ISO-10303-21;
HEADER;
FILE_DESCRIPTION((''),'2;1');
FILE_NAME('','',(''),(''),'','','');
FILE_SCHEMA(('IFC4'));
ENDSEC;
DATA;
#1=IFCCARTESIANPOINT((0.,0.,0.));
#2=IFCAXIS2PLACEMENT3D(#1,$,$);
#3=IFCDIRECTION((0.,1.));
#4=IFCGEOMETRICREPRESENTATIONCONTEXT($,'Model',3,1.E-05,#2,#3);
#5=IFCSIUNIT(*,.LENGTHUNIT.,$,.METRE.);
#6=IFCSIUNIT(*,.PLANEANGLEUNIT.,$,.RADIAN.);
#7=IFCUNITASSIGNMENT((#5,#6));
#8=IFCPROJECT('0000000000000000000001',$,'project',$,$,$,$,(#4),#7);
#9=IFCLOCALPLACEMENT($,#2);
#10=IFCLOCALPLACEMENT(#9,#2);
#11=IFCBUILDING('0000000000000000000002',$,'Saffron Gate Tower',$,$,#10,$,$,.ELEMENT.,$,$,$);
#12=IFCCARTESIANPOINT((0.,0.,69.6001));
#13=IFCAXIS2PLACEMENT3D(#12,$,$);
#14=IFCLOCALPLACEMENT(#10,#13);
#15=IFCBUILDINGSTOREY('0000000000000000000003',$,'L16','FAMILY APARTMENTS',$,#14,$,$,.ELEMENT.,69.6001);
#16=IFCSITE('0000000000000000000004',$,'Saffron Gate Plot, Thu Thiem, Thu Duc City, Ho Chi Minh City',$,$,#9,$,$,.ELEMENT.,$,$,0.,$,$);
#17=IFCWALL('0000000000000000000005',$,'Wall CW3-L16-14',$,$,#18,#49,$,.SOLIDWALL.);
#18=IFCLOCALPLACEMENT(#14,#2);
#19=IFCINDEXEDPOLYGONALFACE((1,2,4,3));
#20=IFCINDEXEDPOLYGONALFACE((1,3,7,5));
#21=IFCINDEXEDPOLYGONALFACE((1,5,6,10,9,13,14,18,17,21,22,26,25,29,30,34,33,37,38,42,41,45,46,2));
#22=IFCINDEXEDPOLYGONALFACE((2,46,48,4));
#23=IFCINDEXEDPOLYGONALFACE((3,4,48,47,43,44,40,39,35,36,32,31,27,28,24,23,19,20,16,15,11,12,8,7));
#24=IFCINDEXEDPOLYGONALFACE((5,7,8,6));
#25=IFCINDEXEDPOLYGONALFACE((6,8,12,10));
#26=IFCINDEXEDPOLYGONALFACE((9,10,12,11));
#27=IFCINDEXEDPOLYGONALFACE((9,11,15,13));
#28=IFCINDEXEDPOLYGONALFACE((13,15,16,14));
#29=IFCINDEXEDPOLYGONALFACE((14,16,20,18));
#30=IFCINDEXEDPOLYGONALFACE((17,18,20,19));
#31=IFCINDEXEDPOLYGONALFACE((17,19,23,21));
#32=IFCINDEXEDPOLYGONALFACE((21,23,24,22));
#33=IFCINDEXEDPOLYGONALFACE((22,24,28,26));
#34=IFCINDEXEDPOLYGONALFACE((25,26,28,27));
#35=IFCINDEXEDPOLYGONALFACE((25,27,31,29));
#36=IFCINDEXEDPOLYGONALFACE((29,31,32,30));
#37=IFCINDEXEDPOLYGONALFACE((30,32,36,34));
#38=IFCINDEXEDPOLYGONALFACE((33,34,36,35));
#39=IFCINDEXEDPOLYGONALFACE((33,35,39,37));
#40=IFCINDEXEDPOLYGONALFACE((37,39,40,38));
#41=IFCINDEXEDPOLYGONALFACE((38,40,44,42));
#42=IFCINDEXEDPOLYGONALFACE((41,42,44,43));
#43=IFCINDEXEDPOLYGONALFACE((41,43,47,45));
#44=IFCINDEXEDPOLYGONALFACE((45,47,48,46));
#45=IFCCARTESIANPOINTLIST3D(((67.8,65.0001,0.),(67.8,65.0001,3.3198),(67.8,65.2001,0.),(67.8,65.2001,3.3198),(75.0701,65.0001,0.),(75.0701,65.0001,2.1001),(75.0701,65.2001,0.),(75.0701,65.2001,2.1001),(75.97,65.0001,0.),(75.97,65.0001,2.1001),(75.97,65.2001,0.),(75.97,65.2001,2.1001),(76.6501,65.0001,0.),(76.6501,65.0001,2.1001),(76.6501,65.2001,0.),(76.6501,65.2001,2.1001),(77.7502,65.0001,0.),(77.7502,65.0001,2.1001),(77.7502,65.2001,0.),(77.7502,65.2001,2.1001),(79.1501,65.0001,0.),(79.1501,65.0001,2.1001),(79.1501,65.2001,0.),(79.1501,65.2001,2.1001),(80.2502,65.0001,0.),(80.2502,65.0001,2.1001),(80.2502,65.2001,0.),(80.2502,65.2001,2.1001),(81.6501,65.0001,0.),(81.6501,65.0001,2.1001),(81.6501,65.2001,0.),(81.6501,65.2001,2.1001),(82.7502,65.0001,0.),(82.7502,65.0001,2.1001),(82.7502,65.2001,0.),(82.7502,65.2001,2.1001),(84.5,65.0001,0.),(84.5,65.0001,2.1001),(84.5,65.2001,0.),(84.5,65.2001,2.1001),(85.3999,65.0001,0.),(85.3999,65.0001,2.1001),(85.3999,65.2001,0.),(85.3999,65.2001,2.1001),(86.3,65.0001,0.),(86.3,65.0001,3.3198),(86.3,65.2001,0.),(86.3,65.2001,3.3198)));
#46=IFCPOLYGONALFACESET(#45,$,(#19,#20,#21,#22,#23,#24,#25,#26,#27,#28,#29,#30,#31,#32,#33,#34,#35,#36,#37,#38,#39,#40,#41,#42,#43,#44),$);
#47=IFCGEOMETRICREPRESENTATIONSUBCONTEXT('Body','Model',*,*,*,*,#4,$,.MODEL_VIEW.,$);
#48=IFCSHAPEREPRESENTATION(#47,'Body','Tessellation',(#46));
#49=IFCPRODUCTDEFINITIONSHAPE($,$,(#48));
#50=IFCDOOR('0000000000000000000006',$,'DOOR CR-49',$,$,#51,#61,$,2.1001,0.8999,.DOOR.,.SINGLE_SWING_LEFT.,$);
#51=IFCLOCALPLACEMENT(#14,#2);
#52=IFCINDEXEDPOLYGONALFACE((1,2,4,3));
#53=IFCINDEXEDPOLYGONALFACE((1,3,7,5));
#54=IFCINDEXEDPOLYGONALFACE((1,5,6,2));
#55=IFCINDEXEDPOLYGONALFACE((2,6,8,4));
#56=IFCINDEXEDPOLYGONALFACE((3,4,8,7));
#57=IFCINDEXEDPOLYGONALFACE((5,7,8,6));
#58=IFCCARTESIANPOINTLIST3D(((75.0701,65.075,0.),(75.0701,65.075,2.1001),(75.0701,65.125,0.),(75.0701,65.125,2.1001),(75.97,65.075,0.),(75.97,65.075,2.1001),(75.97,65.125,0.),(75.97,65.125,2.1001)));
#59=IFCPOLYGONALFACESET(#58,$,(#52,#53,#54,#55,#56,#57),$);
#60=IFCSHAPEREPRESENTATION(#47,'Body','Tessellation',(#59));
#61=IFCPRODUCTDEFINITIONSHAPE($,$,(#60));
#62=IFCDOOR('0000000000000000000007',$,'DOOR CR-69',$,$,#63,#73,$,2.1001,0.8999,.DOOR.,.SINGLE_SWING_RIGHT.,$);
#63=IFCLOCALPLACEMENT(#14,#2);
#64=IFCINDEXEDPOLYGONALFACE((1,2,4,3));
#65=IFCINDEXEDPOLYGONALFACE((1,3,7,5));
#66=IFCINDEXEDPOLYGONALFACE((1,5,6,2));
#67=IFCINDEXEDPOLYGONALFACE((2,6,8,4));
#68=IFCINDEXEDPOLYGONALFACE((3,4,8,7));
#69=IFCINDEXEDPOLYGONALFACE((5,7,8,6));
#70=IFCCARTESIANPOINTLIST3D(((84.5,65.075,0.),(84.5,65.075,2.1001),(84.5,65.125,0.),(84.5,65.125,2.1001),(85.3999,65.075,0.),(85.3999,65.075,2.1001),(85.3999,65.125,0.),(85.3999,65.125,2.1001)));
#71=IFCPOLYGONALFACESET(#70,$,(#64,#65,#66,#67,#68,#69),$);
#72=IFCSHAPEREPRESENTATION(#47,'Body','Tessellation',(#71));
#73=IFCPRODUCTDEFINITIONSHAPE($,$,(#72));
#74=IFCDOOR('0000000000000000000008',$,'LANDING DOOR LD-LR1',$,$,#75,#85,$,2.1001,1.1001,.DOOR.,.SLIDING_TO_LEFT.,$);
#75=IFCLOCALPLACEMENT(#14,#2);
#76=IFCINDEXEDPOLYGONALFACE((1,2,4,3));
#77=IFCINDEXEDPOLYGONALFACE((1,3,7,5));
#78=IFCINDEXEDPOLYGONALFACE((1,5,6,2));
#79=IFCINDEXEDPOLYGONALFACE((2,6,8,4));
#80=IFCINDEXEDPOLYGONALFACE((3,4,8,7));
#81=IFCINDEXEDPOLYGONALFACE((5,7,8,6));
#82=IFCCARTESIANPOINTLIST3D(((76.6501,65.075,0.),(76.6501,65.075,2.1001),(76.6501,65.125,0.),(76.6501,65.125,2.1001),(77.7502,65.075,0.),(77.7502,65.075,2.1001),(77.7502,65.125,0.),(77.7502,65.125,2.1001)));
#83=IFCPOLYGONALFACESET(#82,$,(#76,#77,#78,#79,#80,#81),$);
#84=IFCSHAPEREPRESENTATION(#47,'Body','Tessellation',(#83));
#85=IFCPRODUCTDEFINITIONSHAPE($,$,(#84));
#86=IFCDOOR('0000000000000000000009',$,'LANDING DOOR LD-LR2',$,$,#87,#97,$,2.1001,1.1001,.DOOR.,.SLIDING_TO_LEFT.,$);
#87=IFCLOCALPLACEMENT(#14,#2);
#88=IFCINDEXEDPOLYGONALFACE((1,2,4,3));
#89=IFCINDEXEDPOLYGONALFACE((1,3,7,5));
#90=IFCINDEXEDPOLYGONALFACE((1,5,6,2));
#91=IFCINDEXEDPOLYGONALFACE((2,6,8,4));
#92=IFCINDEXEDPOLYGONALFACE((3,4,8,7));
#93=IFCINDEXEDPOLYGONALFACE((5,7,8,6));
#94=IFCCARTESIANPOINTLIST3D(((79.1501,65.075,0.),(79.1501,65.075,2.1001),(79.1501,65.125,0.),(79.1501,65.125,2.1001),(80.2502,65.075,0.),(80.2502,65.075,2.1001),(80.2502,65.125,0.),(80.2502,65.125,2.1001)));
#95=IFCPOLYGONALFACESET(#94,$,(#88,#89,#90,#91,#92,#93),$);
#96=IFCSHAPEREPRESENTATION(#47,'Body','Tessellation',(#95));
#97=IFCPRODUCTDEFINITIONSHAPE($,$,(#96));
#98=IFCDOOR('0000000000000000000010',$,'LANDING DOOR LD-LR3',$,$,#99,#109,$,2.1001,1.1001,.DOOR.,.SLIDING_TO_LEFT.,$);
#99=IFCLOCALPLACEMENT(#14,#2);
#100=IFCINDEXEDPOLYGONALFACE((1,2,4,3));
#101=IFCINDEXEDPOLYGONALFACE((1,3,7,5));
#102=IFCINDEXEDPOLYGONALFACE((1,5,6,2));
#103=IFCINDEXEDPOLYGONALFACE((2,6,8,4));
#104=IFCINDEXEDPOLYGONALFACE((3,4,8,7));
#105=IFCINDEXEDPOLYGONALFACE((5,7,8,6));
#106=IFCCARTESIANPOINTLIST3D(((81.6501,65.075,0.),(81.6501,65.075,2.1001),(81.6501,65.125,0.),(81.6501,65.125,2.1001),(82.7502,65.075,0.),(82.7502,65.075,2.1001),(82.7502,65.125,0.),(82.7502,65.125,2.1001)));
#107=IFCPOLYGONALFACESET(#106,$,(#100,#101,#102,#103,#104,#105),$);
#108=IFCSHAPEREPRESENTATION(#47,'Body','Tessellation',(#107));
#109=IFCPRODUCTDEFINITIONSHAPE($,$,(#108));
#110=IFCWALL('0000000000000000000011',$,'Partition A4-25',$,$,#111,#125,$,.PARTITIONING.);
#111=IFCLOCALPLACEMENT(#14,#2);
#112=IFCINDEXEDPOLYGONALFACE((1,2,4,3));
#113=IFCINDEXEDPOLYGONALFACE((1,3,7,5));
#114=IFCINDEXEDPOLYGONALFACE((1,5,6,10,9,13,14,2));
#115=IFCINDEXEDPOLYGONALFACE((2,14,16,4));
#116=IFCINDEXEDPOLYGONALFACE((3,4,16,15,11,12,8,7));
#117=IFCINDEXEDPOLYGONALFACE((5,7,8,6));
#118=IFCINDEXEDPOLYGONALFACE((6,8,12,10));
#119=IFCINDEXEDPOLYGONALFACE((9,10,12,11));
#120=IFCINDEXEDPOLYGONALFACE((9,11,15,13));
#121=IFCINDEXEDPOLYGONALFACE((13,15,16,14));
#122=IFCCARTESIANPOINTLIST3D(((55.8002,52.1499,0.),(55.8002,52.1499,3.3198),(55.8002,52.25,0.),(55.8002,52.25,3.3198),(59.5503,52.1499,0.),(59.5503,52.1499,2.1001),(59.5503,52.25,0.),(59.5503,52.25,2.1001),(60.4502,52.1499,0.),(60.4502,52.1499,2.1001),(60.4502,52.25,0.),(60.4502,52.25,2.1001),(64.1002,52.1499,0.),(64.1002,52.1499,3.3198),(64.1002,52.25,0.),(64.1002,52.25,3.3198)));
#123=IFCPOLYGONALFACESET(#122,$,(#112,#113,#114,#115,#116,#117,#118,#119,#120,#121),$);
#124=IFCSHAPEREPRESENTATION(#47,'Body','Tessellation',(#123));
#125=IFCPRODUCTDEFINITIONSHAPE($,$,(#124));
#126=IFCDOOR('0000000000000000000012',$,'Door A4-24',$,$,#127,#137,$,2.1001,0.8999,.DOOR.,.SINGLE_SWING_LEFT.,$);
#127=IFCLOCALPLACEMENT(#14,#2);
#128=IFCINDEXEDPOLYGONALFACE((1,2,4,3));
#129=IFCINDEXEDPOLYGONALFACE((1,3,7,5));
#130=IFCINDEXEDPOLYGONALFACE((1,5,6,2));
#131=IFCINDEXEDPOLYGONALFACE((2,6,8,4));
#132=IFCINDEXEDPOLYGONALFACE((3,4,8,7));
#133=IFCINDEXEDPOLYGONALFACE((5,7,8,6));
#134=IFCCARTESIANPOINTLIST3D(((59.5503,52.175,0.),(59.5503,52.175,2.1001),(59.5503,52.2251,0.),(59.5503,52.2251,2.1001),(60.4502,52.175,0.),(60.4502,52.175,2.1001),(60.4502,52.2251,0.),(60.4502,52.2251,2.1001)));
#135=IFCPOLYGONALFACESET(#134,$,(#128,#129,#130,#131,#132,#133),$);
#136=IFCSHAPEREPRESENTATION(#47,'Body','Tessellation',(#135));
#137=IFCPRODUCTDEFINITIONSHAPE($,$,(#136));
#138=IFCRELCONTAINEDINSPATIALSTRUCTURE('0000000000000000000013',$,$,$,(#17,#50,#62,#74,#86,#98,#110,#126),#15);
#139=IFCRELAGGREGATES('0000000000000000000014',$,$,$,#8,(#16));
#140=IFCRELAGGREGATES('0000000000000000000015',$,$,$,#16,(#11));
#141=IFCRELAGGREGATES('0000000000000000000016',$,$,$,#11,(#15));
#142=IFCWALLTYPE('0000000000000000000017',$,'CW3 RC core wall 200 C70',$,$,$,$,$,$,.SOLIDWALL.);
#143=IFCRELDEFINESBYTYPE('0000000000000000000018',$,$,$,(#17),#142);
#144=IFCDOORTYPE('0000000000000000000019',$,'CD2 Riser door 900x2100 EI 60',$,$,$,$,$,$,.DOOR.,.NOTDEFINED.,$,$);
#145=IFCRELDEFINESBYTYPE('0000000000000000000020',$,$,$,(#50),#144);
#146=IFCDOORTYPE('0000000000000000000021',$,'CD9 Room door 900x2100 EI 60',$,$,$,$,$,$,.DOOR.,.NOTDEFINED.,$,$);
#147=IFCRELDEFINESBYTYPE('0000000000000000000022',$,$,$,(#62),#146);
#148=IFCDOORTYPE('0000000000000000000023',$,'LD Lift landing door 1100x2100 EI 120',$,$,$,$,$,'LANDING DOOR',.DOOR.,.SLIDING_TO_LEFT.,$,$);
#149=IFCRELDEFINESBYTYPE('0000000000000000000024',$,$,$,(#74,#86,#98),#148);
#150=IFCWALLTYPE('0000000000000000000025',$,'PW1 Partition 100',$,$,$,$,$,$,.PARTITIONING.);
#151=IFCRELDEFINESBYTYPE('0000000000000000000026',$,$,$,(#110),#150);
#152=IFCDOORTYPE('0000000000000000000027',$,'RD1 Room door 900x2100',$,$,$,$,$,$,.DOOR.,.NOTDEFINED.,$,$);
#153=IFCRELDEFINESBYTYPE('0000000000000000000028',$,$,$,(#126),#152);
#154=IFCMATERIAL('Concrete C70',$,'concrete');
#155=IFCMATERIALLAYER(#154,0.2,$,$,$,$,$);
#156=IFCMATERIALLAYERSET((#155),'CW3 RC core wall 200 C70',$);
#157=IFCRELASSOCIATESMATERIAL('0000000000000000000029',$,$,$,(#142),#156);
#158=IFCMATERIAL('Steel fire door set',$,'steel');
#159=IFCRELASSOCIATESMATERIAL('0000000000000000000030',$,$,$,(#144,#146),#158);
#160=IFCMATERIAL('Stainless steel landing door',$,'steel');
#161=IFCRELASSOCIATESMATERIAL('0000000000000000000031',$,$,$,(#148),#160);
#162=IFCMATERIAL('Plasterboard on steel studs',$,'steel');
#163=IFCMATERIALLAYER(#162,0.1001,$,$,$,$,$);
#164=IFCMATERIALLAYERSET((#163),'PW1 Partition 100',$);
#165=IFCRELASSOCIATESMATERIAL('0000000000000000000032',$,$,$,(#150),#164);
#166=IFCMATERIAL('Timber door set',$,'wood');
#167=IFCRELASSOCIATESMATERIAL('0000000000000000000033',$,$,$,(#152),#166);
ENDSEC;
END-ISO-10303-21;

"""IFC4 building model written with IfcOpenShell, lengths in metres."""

from ifc_helpers import new_model, si_unit, direction, frame, frame_2d, origin, place, context, subcontext, project, spatial, rectangle, extrude, material, layer, layer_set, type_object, element, fill, save


model = new_model("IFC4")

# Units and contexts
model_context = context("Model", 3, precision=1e-05, world=origin(), true_north=direction((0.0, 1.0)))
body_context = subcontext(model_context, "Body", "Model", "MODEL_VIEW")
ifc_project = project(units=[si_unit("LENGTHUNIT", "METRE"), si_unit("PLANEANGLEUNIT", "RADIAN")], contexts=[model_context])

# Site, building, storey
site_placement = place(None, origin())
site = spatial("IfcSite", under=ifc_project, at=site_placement, Name="Saffron Gate Plot, Thu Thiem, Thu Duc City, Ho Chi Minh City", CompositionType="ELEMENT", RefElevation=0.0)
building_placement = place(site_placement, origin())
building = spatial("IfcBuilding", under=site, at=building_placement, Name="Saffron Gate Tower", CompositionType="ELEMENT")
storey_placement = place(building_placement, frame((0.0, 0.0, 69.6001)))
storey = spatial("IfcBuildingStorey", under=building, at=storey_placement, Name="L16", Description="FAMILY APARTMENTS", CompositionType="ELEMENT", Elevation=69.6001)

# Shared definitions
ifc_material_1 = material(Name="Concrete C70", Category="concrete")
ifc_material_2 = material(Name="Steel fire door set", Category="steel")

# Wall, openings, doors
ifc_layer_1 = layer(ifc_material_1, 0.2)
ifc_layer_set_1 = layer_set([ifc_layer_1], Name="CW3 RC core wall 200 C70")
wall_type_1 = type_object("IfcWallType", Name="CW3 RC core wall 200 C70", PredefinedType="SOLIDWALL", material=ifc_layer_set_1)
wall_1_placement = place(storey_placement, frame((67.8, 65.1001, 0.0), z_axis=(0.0, 0.0, 1.0), x_axis=(1.0, 0.0, 0.0)))
wall_1 = element("IfcWall", 1, at=wall_1_placement, inside=storey, type_object=wall_type_1, Name="Wall CW3-L16-14", PredefinedType="SOLIDWALL", context=body_context, shape_type="SweptSolid", body=[
    extrude(rectangle(XDim=18.5, YDim=0.2, at=frame_2d((9.25, 0.0))), origin(), (0.0, 0.0, 1.0), 3.3198),
])
opening_1_placement = place(wall_1_placement, frame((7.27, 0.0, 0.0)))
opening_1 = element("IfcOpeningElement", 2, at=opening_1_placement, cuts=wall_1, PredefinedType="OPENING", context=body_context, shape_type="SweptSolid", body=[
    extrude(rectangle(XDim=0.8999, YDim=2.1001, at=frame_2d((0.45, 1.05))), frame((0.0, 0.1099, 0.0), z_axis=(0.0, -1.0, 0.0), x_axis=(1.0, 0.0, 0.0)), (0.0, 0.0, 1.0), 0.22),
])
opening_2_placement = place(wall_1_placement, frame((8.8501, 0.0, 0.0)))
opening_2 = element("IfcOpeningElement", 3, at=opening_2_placement, cuts=wall_1, PredefinedType="OPENING", context=body_context, shape_type="SweptSolid", body=[
    extrude(rectangle(XDim=1.1001, YDim=2.1001, at=frame_2d((0.55, 1.05))), frame((0.0, 0.1099, 0.0), z_axis=(0.0, -1.0, 0.0), x_axis=(1.0, 0.0, 0.0)), (0.0, 0.0, 1.0), 0.22),
])
opening_3_placement = place(wall_1_placement, frame((11.3501, 0.0, 0.0)))
opening_3 = element("IfcOpeningElement", 4, at=opening_3_placement, cuts=wall_1, PredefinedType="OPENING", context=body_context, shape_type="SweptSolid", body=[
    extrude(rectangle(XDim=1.1001, YDim=2.1001, at=frame_2d((0.55, 1.05))), frame((0.0, 0.1099, 0.0), z_axis=(0.0, -1.0, 0.0), x_axis=(1.0, 0.0, 0.0)), (0.0, 0.0, 1.0), 0.22),
])
opening_4_placement = place(wall_1_placement, frame((13.8501, 0.0, 0.0)))
opening_4 = element("IfcOpeningElement", 5, at=opening_4_placement, cuts=wall_1, PredefinedType="OPENING", context=body_context, shape_type="SweptSolid", body=[
    extrude(rectangle(XDim=1.1001, YDim=2.1001, at=frame_2d((0.55, 1.05))), frame((0.0, 0.1099, 0.0), z_axis=(0.0, -1.0, 0.0), x_axis=(1.0, 0.0, 0.0)), (0.0, 0.0, 1.0), 0.22),
])
opening_5_placement = place(wall_1_placement, frame((16.7, 0.0, 0.0)))
opening_5 = element("IfcOpeningElement", 6, at=opening_5_placement, cuts=wall_1, PredefinedType="OPENING", context=body_context, shape_type="SweptSolid", body=[
    extrude(rectangle(XDim=0.8999, YDim=2.1001, at=frame_2d((0.45, 1.05))), frame((0.0, 0.1099, 0.0), z_axis=(0.0, -1.0, 0.0), x_axis=(1.0, 0.0, 0.0)), (0.0, 0.0, 1.0), 0.22),
])
door_type_1 = type_object("IfcDoorType", Name="CD2 Riser door 900x2100 EI 60", OperationType="NOTDEFINED", PredefinedType="DOOR", material=ifc_material_2)
door_1_placement = place(opening_1_placement, origin())
door_1 = element("IfcDoor", 7, at=door_1_placement, inside=storey, type_object=door_type_1, Name="DOOR CR-49", OperationType="SINGLE_SWING_LEFT", OverallHeight=2.1001, OverallWidth=0.8999, PredefinedType="DOOR", context=body_context, shape_type="SweptSolid", body=[
    extrude(rectangle(XDim=0.8999, YDim=2.1001, at=frame_2d((0.45, 1.05))), frame((0.0, 0.0249, 0.0), z_axis=(0.0, -1.0, 0.0), x_axis=(1.0, 0.0, 0.0)), (0.0, 0.0, 1.0), 0.05),
])
fill(opening_1, door_1)
door_type_2 = type_object("IfcDoorType", Name="CD9 Room door 900x2100 EI 60", OperationType="NOTDEFINED", PredefinedType="DOOR", material=ifc_material_2)
door_2_placement = place(opening_5_placement, origin())
door_2 = element("IfcDoor", 8, at=door_2_placement, inside=storey, type_object=door_type_2, Name="DOOR CR-69", OperationType="SINGLE_SWING_RIGHT", OverallHeight=2.1001, OverallWidth=0.8999, PredefinedType="DOOR", context=body_context, shape_type="SweptSolid", body=[
    extrude(rectangle(XDim=0.8999, YDim=2.1001, at=frame_2d((0.45, 1.05))), frame((0.0, 0.0249, 0.0), z_axis=(0.0, -1.0, 0.0), x_axis=(1.0, 0.0, 0.0)), (0.0, 0.0, 1.0), 0.05),
])
fill(opening_5, door_2)
ifc_material_3 = material(Name="Stainless steel landing door", Category="steel")
door_type_3 = type_object("IfcDoorType", Name="LD Lift landing door 1100x2100 EI 120", ElementType="LANDING DOOR", OperationType="SLIDING_TO_LEFT", PredefinedType="DOOR", material=ifc_material_3)
door_3_placement = place(opening_2_placement, origin())
door_3 = element("IfcDoor", 9, at=door_3_placement, inside=storey, type_object=door_type_3, Name="LANDING DOOR LD-LR1", OperationType="SLIDING_TO_LEFT", OverallHeight=2.1001, OverallWidth=1.1001, PredefinedType="DOOR", context=body_context, shape_type="SweptSolid", body=[
    extrude(rectangle(XDim=1.1001, YDim=2.1001, at=frame_2d((0.55, 1.05))), frame((0.0, 0.0249, 0.0), z_axis=(0.0, -1.0, 0.0), x_axis=(1.0, 0.0, 0.0)), (0.0, 0.0, 1.0), 0.05),
])
fill(opening_2, door_3)
door_4_placement = place(opening_3_placement, origin())
door_4 = element("IfcDoor", 10, at=door_4_placement, inside=storey, type_object=door_type_3, Name="LANDING DOOR LD-LR2", OperationType="SLIDING_TO_LEFT", OverallHeight=2.1001, OverallWidth=1.1001, PredefinedType="DOOR", context=body_context, shape_type="SweptSolid", body=[
    extrude(rectangle(XDim=1.1001, YDim=2.1001, at=frame_2d((0.55, 1.05))), frame((0.0, 0.0249, 0.0), z_axis=(0.0, -1.0, 0.0), x_axis=(1.0, 0.0, 0.0)), (0.0, 0.0, 1.0), 0.05),
])
fill(opening_3, door_4)
door_5_placement = place(opening_4_placement, origin())
door_5 = element("IfcDoor", 11, at=door_5_placement, inside=storey, type_object=door_type_3, Name="LANDING DOOR LD-LR3", OperationType="SLIDING_TO_LEFT", OverallHeight=2.1001, OverallWidth=1.1001, PredefinedType="DOOR", context=body_context, shape_type="SweptSolid", body=[
    extrude(rectangle(XDim=1.1001, YDim=2.1001, at=frame_2d((0.55, 1.05))), frame((0.0, 0.0249, 0.0), z_axis=(0.0, -1.0, 0.0), x_axis=(1.0, 0.0, 0.0)), (0.0, 0.0, 1.0), 0.05),
])
fill(opening_4, door_5)

# Wall, opening, door
ifc_material_4 = material(Name="Plasterboard on steel studs", Category="steel")
ifc_layer_2 = layer(ifc_material_4, 0.1001)
ifc_layer_set_2 = layer_set([ifc_layer_2], Name="PW1 Partition 100")
wall_type_2 = type_object("IfcWallType", Name="PW1 Partition 100", PredefinedType="PARTITIONING", material=ifc_layer_set_2)
wall_2_placement = place(storey_placement, frame((64.1001, 52.2, 0.0), z_axis=(0.0, 0.0, 1.0), x_axis=(-1.0, 0.0, 0.0)))
wall_2 = element("IfcWall", 12, at=wall_2_placement, inside=storey, type_object=wall_type_2, Name="Partition A4-25", PredefinedType="PARTITIONING", context=body_context, shape_type="SweptSolid", body=[
    extrude(rectangle(XDim=8.3, YDim=0.1001, at=frame_2d((4.1499, 0.0))), origin(), (0.0, 0.0, 1.0), 3.3198),
])
opening_6_placement = place(wall_2_placement, frame((3.6499, 0.0, 0.0)))
opening_6 = element("IfcOpeningElement", 13, at=opening_6_placement, cuts=wall_2, PredefinedType="OPENING", context=body_context, shape_type="SweptSolid", body=[
    extrude(rectangle(XDim=0.8999, YDim=2.1001, at=frame_2d((0.45, 1.05))), frame((0.0, 0.0601, 0.0), z_axis=(0.0, -1.0, 0.0), x_axis=(1.0, 0.0, 0.0)), (0.0, 0.0, 1.0), 0.1201),
])
ifc_material_5 = material(Name="Timber door set", Category="wood")
door_type_4 = type_object("IfcDoorType", Name="RD1 Room door 900x2100", OperationType="NOTDEFINED", PredefinedType="DOOR", material=ifc_material_5)
door_6_placement = place(opening_6_placement, origin())
door_6 = element("IfcDoor", 14, at=door_6_placement, inside=storey, type_object=door_type_4, Name="Door A4-24", OperationType="SINGLE_SWING_LEFT", OverallHeight=2.1001, OverallWidth=0.8999, PredefinedType="DOOR", context=body_context, shape_type="SweptSolid", body=[
    extrude(rectangle(XDim=0.8999, YDim=2.1001, at=frame_2d((0.45, 1.05))), frame((0.0, 0.0249, 0.0), z_axis=(0.0, -1.0, 0.0), x_axis=(1.0, 0.0, 0.0)), (0.0, 0.0, 1.0), 0.05),
])
fill(opening_6, door_6)

save(model, "model.ifc")
